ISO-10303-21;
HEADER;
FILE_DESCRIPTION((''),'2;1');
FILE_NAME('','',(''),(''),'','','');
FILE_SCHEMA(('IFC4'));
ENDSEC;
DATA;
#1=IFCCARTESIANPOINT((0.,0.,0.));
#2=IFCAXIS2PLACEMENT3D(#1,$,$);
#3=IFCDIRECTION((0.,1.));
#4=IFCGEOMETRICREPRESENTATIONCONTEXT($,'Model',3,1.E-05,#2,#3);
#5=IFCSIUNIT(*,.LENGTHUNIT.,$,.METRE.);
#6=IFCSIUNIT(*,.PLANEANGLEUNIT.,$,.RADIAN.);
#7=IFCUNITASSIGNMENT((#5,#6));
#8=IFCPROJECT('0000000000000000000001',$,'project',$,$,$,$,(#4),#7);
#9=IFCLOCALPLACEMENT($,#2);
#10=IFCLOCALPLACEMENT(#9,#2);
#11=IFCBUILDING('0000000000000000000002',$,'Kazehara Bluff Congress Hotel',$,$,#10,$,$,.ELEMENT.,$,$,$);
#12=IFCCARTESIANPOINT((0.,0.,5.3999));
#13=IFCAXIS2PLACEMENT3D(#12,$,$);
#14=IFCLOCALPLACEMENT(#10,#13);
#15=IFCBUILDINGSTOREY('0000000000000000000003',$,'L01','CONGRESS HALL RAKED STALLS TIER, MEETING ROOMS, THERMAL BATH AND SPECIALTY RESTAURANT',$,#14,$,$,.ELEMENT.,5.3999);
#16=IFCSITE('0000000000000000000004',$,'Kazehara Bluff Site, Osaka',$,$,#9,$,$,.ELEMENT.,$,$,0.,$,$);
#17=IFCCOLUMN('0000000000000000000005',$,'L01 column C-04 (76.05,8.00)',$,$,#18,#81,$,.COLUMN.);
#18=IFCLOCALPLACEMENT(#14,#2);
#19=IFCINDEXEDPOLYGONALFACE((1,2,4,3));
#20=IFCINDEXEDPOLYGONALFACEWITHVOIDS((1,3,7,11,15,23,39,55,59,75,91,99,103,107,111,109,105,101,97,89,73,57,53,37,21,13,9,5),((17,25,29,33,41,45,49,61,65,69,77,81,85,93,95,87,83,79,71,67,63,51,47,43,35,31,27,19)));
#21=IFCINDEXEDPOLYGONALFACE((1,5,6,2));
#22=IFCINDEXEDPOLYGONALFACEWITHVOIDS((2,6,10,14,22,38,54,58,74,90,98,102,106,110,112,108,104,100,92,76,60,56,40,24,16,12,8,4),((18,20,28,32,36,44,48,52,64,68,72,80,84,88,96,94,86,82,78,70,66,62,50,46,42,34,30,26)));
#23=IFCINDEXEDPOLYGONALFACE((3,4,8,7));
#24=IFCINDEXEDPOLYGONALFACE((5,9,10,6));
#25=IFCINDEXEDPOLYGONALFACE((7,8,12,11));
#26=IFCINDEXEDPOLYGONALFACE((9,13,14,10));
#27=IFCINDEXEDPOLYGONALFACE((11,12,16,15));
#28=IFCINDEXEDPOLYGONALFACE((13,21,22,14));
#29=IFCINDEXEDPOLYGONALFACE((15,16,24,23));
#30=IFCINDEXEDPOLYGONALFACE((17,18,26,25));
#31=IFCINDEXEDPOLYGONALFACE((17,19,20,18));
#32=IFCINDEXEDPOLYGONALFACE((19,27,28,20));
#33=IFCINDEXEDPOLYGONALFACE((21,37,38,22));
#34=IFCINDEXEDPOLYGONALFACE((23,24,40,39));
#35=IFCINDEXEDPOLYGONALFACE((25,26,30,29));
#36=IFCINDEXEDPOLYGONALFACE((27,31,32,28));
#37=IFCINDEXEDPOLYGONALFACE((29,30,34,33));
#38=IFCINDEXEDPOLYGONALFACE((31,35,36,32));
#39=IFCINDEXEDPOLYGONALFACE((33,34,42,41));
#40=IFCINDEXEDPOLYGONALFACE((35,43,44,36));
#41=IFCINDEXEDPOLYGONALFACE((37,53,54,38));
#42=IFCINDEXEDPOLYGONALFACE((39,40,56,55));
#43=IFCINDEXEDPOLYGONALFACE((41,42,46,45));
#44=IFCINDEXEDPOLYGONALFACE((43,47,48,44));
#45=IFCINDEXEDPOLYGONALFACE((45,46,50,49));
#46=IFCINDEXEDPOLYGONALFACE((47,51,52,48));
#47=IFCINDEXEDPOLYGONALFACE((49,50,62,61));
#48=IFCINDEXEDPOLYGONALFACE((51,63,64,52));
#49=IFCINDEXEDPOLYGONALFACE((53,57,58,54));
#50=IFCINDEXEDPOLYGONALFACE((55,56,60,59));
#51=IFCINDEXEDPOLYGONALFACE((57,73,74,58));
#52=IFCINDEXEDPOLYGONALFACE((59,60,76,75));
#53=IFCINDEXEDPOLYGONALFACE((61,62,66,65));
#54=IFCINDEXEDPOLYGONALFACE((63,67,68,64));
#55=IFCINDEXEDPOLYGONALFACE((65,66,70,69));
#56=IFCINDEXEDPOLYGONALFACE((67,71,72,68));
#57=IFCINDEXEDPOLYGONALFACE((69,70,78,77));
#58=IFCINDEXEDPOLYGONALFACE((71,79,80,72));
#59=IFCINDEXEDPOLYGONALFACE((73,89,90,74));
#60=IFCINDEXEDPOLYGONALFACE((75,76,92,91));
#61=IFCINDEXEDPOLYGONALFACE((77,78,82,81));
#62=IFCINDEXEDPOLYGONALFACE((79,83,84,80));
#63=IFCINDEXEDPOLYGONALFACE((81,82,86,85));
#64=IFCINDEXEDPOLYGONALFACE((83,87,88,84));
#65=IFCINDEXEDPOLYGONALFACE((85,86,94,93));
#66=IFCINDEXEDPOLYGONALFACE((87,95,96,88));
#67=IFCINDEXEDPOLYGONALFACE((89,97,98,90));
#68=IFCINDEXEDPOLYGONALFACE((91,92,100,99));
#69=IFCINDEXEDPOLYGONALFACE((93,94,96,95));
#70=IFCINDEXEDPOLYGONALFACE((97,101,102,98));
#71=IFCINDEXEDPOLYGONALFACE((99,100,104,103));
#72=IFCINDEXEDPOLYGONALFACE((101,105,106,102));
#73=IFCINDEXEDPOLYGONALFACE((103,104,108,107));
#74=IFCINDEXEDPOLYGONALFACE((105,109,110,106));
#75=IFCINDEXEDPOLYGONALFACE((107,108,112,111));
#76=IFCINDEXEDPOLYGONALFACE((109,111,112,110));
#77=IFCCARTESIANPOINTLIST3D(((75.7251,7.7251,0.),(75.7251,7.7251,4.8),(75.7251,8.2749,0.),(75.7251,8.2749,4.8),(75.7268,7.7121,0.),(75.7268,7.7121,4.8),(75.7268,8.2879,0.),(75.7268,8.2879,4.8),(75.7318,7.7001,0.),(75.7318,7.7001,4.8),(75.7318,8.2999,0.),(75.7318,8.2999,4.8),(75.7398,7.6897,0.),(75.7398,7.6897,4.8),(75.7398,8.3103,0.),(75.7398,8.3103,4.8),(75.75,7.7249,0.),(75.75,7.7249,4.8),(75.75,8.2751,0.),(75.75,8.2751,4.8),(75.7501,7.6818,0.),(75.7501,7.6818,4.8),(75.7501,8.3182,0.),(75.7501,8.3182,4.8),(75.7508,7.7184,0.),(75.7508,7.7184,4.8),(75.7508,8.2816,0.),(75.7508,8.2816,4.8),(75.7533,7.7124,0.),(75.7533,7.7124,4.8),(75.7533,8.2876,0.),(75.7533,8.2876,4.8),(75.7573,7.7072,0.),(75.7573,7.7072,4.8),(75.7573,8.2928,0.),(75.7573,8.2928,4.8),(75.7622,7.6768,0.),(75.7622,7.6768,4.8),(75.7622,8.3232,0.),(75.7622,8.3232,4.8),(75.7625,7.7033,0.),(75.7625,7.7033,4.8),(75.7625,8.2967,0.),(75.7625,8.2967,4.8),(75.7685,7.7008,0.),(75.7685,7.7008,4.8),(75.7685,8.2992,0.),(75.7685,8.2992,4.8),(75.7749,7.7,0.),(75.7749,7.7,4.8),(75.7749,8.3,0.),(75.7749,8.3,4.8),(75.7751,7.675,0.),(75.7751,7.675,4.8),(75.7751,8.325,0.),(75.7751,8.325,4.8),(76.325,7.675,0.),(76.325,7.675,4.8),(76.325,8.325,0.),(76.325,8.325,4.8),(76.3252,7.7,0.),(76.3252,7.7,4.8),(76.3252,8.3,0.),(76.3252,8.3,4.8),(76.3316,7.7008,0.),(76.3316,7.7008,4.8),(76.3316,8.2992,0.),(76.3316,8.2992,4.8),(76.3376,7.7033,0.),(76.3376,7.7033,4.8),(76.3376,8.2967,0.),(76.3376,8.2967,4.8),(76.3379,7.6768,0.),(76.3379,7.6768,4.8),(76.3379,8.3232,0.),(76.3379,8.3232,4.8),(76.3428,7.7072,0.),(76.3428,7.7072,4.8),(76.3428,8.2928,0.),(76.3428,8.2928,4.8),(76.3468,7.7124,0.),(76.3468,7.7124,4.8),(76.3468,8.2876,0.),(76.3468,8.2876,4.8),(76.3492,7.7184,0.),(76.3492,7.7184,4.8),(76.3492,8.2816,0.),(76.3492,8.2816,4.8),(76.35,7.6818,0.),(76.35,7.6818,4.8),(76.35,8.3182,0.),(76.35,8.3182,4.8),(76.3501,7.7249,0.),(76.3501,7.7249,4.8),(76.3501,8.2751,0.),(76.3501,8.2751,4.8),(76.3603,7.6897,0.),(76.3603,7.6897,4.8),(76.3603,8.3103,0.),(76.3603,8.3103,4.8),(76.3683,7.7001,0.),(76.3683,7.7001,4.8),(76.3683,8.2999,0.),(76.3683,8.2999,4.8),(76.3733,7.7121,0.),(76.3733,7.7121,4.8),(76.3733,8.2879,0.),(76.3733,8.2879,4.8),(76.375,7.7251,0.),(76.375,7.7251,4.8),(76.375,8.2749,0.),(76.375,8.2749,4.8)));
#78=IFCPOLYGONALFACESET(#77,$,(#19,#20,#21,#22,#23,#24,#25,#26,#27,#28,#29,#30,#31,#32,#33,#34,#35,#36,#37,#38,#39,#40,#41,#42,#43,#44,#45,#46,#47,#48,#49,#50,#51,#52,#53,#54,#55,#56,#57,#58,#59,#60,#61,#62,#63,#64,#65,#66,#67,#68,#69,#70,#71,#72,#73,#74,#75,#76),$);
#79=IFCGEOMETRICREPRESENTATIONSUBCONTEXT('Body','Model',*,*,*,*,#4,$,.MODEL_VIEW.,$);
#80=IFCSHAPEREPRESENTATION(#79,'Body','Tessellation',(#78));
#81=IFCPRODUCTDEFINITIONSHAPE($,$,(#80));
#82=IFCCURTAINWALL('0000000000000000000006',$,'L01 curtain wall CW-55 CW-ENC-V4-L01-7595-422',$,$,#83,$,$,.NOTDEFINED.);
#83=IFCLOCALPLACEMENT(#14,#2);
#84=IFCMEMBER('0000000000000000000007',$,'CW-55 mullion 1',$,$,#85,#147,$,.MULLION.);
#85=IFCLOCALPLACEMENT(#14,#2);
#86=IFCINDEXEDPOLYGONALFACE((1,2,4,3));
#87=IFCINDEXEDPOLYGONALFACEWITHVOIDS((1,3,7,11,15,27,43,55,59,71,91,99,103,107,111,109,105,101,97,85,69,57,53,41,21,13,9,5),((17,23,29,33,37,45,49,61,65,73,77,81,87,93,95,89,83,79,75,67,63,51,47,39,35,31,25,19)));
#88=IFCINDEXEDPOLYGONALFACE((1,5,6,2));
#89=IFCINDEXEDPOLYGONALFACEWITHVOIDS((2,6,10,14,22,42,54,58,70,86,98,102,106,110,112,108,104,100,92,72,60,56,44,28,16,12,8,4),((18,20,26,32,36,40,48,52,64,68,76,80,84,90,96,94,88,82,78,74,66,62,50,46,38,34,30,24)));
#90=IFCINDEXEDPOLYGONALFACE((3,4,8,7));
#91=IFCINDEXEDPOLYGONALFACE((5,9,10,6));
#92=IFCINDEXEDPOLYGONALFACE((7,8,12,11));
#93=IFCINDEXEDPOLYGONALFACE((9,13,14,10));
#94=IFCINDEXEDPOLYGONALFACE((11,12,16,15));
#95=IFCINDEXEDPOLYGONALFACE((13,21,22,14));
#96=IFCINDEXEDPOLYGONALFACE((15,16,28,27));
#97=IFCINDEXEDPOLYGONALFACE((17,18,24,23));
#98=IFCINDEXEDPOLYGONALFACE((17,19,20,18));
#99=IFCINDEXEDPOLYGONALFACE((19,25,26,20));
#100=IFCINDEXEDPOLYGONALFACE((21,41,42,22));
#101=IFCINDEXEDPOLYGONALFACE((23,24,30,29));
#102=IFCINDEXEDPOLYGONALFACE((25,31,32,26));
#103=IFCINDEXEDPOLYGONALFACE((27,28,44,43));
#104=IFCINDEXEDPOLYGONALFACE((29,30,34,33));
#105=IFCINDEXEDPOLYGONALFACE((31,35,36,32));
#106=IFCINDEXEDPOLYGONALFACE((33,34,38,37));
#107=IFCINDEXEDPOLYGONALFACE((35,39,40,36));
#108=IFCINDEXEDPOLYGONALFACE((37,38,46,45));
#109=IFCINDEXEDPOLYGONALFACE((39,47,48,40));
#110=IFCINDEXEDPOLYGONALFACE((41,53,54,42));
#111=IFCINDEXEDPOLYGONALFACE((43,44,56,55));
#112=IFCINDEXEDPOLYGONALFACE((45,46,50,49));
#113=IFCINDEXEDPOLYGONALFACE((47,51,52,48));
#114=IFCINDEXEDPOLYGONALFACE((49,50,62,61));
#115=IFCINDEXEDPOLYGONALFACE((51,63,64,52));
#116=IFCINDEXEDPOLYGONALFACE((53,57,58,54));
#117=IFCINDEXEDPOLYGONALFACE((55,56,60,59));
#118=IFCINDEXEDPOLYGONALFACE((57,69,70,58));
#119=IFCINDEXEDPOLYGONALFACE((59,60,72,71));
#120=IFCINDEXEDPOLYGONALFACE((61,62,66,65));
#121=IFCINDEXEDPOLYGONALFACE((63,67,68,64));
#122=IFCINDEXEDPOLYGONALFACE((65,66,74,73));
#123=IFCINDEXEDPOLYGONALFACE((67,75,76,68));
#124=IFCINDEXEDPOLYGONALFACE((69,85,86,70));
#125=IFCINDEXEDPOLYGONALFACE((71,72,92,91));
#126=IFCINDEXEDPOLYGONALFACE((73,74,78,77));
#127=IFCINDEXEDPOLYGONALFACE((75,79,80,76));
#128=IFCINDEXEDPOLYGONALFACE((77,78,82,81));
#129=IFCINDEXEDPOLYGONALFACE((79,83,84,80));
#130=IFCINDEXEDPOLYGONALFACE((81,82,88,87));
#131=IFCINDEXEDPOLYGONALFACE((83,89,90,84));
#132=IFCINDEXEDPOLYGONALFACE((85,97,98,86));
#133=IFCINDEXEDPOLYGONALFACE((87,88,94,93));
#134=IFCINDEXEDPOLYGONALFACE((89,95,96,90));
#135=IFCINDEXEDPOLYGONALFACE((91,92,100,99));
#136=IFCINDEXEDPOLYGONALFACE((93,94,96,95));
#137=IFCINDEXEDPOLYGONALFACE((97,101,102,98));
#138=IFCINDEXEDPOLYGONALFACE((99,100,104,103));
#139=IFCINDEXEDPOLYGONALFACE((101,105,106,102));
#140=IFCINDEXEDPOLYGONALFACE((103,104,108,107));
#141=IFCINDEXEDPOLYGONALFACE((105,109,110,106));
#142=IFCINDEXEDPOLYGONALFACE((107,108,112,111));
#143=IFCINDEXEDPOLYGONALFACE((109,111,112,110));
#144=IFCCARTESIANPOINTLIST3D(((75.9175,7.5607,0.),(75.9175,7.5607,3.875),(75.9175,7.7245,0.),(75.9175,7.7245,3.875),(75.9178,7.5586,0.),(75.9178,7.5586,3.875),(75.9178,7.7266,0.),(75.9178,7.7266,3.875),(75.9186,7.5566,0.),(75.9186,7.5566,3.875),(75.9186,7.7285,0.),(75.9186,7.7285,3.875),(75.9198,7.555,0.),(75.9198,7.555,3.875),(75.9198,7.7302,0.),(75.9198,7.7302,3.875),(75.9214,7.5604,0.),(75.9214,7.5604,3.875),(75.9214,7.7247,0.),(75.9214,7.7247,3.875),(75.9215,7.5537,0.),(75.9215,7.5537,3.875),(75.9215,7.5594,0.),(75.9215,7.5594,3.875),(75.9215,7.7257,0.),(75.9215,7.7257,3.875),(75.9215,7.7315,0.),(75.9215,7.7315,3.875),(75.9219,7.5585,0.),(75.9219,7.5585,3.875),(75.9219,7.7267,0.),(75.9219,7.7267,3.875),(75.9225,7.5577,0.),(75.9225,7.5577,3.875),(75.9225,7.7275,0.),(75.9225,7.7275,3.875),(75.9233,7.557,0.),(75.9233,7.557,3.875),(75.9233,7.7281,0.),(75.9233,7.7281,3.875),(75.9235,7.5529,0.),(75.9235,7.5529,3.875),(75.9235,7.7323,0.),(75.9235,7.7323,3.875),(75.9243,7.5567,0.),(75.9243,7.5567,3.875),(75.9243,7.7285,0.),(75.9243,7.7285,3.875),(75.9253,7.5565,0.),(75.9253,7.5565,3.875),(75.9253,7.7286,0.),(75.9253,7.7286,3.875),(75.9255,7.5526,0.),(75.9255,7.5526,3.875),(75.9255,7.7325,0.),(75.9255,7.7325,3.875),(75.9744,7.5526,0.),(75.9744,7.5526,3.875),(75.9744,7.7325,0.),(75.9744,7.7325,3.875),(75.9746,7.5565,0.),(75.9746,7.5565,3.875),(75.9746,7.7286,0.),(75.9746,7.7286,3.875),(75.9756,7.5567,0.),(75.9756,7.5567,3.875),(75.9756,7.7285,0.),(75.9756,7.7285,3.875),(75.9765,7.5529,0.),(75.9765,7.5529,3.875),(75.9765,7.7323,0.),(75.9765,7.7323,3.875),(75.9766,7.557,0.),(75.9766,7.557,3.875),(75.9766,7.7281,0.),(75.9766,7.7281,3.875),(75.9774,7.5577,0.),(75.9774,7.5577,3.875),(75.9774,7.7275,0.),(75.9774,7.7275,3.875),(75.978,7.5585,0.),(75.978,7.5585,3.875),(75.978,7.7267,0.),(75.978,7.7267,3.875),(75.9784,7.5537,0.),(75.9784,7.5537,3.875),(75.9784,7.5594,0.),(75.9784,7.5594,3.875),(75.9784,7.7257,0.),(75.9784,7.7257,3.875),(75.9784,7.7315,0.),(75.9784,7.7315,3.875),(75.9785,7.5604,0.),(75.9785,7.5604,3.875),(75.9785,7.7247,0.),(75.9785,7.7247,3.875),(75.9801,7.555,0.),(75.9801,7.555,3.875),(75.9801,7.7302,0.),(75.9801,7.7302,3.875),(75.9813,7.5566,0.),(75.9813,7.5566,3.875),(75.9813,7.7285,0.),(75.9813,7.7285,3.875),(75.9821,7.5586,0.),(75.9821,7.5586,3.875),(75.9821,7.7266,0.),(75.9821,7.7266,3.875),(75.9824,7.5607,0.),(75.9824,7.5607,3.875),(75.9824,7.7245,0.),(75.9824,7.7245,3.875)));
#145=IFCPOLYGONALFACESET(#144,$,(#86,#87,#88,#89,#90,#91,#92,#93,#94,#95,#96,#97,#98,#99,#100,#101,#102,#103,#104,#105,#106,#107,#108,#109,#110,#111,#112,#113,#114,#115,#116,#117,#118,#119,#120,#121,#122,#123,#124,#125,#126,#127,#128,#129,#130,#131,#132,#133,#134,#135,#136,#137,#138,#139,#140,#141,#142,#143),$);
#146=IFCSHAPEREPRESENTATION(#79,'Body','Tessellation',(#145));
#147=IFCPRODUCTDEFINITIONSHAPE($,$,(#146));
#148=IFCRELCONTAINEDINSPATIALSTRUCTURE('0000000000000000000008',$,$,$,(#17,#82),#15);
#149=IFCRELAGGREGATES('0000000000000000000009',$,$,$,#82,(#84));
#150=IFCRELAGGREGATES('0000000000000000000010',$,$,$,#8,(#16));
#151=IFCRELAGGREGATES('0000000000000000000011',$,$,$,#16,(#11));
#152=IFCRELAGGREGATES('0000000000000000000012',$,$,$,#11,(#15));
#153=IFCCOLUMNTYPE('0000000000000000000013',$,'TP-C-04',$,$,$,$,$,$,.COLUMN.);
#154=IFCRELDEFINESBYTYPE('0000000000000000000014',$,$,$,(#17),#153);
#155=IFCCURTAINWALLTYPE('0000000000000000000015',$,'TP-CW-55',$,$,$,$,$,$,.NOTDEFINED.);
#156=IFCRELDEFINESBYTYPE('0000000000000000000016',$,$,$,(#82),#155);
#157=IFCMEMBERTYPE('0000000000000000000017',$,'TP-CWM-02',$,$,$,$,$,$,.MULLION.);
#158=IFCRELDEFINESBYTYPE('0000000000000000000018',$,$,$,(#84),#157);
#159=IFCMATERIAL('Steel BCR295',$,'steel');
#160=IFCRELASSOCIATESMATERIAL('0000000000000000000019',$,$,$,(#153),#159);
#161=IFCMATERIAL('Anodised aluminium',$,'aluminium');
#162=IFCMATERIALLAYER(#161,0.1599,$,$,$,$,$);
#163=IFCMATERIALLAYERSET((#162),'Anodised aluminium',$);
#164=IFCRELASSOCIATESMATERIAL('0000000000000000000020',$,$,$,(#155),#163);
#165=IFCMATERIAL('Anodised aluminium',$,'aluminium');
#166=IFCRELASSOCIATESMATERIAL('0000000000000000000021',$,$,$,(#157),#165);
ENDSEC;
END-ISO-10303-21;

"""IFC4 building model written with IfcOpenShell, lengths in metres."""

from ifc_helpers import new_model, si_unit, direction, frame, origin, origin_2d, place, context, subcontext, project, spatial, hollow_rectangle, extrude, material, layer, layer_set, material_profile, profile_set, type_object, element, aggregate, save


model = new_model("IFC4")

# Units and contexts
model_context = context("Model", 3, precision=1e-05, world=origin(), true_north=direction((0.0, 1.0)))
body_context = subcontext(model_context, "Body", "Model", "MODEL_VIEW")
ifc_project = project(units=[si_unit("LENGTHUNIT", "METRE"), si_unit("PLANEANGLEUNIT", "RADIAN")], contexts=[model_context])

# Site, building, storey
site_placement = place(None, origin())
site = spatial("IfcSite", under=ifc_project, at=site_placement, Name="Kazehara Bluff Site, Osaka", CompositionType="ELEMENT", RefElevation=0.0)
building_placement = place(site_placement, origin())
building = spatial("IfcBuilding", under=site, at=building_placement, Name="Kazehara Bluff Congress Hotel", CompositionType="ELEMENT")
storey_placement = place(building_placement, frame((0.0, 0.0, 5.3999)))
storey = spatial("IfcBuildingStorey", under=building, at=storey_placement, Name="L01", Description="CONGRESS HALL RAKED STALLS TIER, MEETING ROOMS, THERMAL BATH AND SPECIALTY RESTAURANT", CompositionType="ELEMENT", Elevation=5.3999)

# Column
ifc_material_1 = material(Name="Steel BCR295", Category="steel")
ifc_material_profile_1 = material_profile(ifc_material_1, hollow_rectangle(XDim=0.6499, YDim=0.6499, WallThickness=0.0249, InnerFilletRadius=0.0249, OuterFilletRadius=0.05, at=origin_2d()))
ifc_profile_set_1 = profile_set([ifc_material_profile_1], Name="Steel BCR295")
column_type = type_object("IfcColumnType", Name="TP-C-04", PredefinedType="COLUMN", material=ifc_profile_set_1)
column_placement = place(storey_placement, frame((76.05, 8.0, 0.0), z_axis=(0.0, 0.0, 1.0), x_axis=(1.0, 0.0, 0.0)))
element("IfcColumn", 1, at=column_placement, inside=storey, type_object=column_type, Name="L01 column C-04 (76.05,8.00)", PredefinedType="COLUMN", context=body_context, shape_type="SweptSolid", body=[
    extrude(hollow_rectangle(XDim=0.6499, YDim=0.6499, WallThickness=0.0249, InnerFilletRadius=0.0249, OuterFilletRadius=0.05, at=origin_2d()), origin(), (0.0, 0.0, 1.0), 4.8),
])

# Curtain wall, member
ifc_material_2 = material(Name="Anodised aluminium", Category="aluminium")
ifc_layer_1 = layer(ifc_material_2, 0.1599)
ifc_layer_set_1 = layer_set([ifc_layer_1], Name="Anodised aluminium")
curtain_wall_type_1 = type_object("IfcCurtainWallType", Name="TP-CW-55", PredefinedType="NOTDEFINED", material=ifc_layer_set_1)
curtain_wall_1_placement = place(storey_placement, origin())
curtain_wall_1 = element("IfcCurtainWall", 2, at=curtain_wall_1_placement, inside=storey, type_object=curtain_wall_type_1, Name="L01 curtain wall CW-55 CW-ENC-V4-L01-7595-422", PredefinedType="NOTDEFINED")
ifc_material_3 = material(Name="Anodised aluminium", Category="aluminium")
ifc_material_profile_2 = material_profile(ifc_material_3, hollow_rectangle(XDim=0.0649, YDim=0.1799, WallThickness=0.0039, InnerFilletRadius=0.0039, OuterFilletRadius=0.0081, at=origin_2d()))
ifc_profile_set_2 = profile_set([ifc_material_profile_2], Name="Anodised aluminium")
member_type_1 = type_object("IfcMemberType", Name="TP-CWM-02", PredefinedType="MULLION", material=ifc_profile_set_2)
member_1_placement = place(storey_placement, frame((75.95, 7.6426, 0.0), z_axis=(0.0, 0.0, 1.0), x_axis=(1.0, 0.0, 0.0)))
member_1 = element("IfcMember", 3, at=member_1_placement, type_object=member_type_1, Name="CW-55 mullion 1", PredefinedType="MULLION", context=body_context, shape_type="SweptSolid", body=[
    extrude(hollow_rectangle(XDim=0.0649, YDim=0.1799, WallThickness=0.0039, InnerFilletRadius=0.0039, OuterFilletRadius=0.0081, at=origin_2d()), origin(), (0.0, 0.0, 1.0), 3.875),
])

aggregate(curtain_wall_1, [member_1])

save(model, "model.ifc")
